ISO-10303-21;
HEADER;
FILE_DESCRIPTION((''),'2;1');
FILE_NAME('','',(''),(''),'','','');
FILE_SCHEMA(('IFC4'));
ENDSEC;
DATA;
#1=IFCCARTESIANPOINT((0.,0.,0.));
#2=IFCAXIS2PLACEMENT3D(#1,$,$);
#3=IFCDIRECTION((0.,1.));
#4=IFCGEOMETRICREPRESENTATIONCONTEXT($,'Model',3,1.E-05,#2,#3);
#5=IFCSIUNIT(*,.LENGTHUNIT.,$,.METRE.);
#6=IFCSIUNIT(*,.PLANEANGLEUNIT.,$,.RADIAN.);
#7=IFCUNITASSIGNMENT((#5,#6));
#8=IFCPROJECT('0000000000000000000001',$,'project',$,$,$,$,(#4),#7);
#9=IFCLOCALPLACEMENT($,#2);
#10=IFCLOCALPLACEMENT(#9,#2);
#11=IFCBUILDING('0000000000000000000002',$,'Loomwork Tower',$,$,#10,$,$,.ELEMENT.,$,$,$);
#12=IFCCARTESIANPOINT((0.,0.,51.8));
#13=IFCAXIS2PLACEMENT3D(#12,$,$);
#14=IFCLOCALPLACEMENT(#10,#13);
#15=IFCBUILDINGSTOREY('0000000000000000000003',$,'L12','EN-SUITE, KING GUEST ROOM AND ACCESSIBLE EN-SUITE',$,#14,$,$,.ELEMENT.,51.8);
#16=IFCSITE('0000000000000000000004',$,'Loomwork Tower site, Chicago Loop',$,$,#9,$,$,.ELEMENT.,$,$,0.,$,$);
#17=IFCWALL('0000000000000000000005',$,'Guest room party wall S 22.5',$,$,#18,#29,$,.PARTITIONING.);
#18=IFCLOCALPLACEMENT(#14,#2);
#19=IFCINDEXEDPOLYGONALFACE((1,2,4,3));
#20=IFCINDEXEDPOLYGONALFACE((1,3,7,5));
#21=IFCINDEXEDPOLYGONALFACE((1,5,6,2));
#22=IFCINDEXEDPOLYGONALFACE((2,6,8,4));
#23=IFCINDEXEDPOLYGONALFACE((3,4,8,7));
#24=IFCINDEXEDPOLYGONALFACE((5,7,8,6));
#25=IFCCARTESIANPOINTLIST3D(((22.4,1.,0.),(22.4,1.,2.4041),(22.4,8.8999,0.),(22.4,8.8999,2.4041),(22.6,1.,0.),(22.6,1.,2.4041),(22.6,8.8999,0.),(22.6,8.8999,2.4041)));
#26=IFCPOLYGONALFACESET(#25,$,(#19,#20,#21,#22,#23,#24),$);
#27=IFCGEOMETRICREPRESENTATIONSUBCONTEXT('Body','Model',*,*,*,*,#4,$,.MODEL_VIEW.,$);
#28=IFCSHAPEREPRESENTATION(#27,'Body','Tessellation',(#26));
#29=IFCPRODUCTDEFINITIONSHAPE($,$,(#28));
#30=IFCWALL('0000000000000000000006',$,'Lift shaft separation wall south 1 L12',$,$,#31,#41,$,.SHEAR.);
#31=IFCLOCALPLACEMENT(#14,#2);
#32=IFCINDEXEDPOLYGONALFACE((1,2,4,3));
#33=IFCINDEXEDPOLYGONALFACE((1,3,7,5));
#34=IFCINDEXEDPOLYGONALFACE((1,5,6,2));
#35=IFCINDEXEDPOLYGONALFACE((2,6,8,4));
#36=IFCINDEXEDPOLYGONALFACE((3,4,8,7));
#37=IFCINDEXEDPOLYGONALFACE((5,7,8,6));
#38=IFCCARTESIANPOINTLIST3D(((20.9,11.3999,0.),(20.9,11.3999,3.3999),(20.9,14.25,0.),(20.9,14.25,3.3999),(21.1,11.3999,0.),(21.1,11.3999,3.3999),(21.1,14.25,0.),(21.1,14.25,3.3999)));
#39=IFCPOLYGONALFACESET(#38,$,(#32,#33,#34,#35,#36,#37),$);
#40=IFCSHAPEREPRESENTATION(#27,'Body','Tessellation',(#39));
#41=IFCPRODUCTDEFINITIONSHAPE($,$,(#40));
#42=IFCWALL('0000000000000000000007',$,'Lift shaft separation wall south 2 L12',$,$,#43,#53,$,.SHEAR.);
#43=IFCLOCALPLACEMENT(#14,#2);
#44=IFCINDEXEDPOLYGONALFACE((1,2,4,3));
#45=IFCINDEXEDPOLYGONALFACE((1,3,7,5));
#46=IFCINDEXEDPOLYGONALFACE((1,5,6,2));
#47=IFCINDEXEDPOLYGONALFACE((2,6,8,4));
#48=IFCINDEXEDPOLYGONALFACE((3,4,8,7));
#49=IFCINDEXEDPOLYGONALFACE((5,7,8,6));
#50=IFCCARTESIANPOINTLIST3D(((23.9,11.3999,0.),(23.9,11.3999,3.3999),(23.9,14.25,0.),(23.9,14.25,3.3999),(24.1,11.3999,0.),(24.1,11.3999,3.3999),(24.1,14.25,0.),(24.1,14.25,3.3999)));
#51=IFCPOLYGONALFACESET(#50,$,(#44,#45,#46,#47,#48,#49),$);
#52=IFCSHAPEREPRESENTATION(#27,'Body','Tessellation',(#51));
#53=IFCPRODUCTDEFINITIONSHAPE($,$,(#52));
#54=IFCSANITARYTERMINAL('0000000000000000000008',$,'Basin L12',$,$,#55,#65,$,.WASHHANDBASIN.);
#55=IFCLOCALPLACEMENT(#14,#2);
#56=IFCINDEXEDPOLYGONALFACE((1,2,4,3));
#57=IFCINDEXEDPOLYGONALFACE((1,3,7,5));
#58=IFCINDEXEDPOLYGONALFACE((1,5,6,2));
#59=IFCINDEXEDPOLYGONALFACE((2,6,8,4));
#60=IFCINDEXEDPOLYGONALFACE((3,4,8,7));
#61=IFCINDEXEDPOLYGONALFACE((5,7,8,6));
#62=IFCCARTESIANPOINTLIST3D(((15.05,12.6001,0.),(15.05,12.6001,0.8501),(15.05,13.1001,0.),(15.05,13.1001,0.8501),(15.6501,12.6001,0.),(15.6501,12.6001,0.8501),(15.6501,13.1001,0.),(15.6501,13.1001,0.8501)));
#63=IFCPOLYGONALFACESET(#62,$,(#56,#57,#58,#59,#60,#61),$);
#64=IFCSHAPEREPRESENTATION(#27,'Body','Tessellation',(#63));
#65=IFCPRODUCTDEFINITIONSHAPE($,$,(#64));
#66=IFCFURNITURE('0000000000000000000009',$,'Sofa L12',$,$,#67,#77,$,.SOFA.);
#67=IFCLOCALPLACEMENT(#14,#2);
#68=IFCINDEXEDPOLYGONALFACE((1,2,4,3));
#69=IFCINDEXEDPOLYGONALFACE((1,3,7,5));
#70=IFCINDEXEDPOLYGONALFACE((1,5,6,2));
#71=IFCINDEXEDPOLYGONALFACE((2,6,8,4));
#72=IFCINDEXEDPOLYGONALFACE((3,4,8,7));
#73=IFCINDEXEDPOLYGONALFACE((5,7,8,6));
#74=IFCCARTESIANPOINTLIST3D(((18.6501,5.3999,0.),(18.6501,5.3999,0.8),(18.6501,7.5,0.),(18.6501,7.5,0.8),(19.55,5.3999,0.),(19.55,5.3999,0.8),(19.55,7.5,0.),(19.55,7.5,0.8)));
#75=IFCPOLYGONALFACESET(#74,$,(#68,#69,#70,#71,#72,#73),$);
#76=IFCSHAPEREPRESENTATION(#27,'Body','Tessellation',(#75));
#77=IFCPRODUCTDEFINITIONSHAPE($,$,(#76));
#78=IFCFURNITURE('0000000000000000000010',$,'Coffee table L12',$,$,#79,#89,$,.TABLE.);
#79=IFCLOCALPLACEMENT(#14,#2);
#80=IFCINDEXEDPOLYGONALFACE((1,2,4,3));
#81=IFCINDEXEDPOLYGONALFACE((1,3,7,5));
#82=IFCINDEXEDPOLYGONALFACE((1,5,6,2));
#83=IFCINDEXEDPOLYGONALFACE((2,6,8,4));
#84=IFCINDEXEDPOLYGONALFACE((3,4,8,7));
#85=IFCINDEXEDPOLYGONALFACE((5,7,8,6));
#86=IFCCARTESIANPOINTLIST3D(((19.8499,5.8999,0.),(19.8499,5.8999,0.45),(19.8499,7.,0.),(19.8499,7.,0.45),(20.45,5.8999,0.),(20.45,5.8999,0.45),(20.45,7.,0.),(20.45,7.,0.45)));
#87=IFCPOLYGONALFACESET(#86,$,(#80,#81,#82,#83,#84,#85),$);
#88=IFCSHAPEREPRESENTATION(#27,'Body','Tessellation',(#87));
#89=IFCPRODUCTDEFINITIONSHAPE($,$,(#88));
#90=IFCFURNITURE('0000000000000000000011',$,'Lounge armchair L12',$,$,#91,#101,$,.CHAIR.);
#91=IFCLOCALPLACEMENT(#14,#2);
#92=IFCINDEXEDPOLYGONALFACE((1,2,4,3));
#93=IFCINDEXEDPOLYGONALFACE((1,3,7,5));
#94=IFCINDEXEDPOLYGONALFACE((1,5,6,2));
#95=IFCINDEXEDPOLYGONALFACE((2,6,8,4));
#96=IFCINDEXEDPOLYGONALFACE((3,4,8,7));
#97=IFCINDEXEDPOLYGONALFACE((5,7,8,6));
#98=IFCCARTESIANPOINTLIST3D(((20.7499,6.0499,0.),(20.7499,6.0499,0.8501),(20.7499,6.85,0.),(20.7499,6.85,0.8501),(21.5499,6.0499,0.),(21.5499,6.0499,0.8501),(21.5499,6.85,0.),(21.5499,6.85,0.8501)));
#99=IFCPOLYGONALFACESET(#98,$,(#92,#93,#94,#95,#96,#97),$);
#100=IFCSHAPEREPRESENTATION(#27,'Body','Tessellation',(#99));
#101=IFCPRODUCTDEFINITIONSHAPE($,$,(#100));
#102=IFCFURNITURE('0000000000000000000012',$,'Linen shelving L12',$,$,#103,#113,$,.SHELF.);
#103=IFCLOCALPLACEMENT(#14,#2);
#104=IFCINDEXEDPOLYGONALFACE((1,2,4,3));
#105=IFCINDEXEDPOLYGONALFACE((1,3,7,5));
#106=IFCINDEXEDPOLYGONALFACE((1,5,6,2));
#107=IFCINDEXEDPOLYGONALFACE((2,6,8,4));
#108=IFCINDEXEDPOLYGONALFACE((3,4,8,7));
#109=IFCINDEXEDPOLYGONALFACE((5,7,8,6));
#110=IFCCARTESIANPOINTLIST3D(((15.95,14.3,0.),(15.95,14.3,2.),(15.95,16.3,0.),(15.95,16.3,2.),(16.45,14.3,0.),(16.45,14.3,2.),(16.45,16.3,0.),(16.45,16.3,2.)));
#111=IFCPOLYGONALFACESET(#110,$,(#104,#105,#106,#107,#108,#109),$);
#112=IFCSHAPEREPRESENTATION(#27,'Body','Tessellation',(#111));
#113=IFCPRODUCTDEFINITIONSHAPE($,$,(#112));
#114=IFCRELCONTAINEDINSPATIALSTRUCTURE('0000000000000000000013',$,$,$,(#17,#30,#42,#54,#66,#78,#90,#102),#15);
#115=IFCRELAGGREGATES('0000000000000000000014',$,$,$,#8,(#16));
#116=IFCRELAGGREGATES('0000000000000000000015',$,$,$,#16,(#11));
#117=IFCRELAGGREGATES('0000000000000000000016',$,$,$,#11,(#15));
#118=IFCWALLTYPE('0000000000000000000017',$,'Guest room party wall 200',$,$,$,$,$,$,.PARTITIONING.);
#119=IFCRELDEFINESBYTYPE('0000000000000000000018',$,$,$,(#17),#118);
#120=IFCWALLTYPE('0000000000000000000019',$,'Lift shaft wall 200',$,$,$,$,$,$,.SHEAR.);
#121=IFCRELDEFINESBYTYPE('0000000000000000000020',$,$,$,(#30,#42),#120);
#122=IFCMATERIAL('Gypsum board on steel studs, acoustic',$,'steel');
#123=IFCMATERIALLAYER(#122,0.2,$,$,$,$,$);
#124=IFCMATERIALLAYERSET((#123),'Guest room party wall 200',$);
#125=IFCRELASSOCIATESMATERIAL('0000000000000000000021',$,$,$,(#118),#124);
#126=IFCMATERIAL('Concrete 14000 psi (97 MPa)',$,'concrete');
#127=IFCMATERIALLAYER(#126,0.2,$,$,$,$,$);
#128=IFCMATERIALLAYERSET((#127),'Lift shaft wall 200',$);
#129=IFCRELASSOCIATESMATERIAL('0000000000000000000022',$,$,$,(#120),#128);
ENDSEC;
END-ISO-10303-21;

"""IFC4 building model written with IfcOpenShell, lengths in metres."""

from ifc_helpers import new_model, si_unit, direction, frame, frame_2d, origin, origin_2d, place, context, subcontext, project, spatial, rectangle, extrude, material, layer, layer_set, type_object, element, save


model = new_model("IFC4")

# Units and contexts
model_context = context("Model", 3, precision=1e-05, world=origin(), true_north=direction((0.0, 1.0)))
body_context = subcontext(model_context, "Body", "Model", "MODEL_VIEW")
ifc_project = project(units=[si_unit("LENGTHUNIT", "METRE"), si_unit("PLANEANGLEUNIT", "RADIAN")], contexts=[model_context])

# Site, building, storey
site_placement = place(None, origin())
site = spatial("IfcSite", under=ifc_project, at=site_placement, Name="Loomwork Tower site, Chicago Loop", CompositionType="ELEMENT", RefElevation=0.0)
building_placement = place(site_placement, origin())
building = spatial("IfcBuilding", under=site, at=building_placement, Name="Loomwork Tower", CompositionType="ELEMENT")
storey_placement = place(building_placement, frame((0.0, 0.0, 51.8)))
storey = spatial("IfcBuildingStorey", under=building, at=storey_placement, Name="L12", Description="EN-SUITE, KING GUEST ROOM AND ACCESSIBLE EN-SUITE", CompositionType="ELEMENT", Elevation=51.8)

# Walls
ifc_material_1 = material(Name="Gypsum board on steel studs, acoustic", Category="steel")
ifc_layer_1 = layer(ifc_material_1, 0.2)
ifc_layer_set_1 = layer_set([ifc_layer_1], Name="Guest room party wall 200")
wall_type_1 = type_object("IfcWallType", Name="Guest room party wall 200", PredefinedType="PARTITIONING", material=ifc_layer_set_1)
wall_1_placement = place(storey_placement, frame((22.5, 8.8999, 0.0), z_axis=(0.0, 0.0, 1.0), x_axis=(0.0, -1.0, 0.0)))
element("IfcWall", 1, at=wall_1_placement, inside=storey, type_object=wall_type_1, Name="Guest room party wall S 22.5", PredefinedType="PARTITIONING", context=body_context, shape_type="SweptSolid", body=[
    extrude(rectangle(XDim=7.8999, YDim=0.2, at=frame_2d((3.95, 0.0))), origin(), (0.0, 0.0, 1.0), 2.4041),
])
ifc_material_2 = material(Name="Concrete 14000 psi (97 MPa)", Category="concrete")
ifc_layer_2 = layer(ifc_material_2, 0.2)
ifc_layer_set_2 = layer_set([ifc_layer_2], Name="Lift shaft wall 200")
wall_type_2 = type_object("IfcWallType", Name="Lift shaft wall 200", PredefinedType="SHEAR", material=ifc_layer_set_2)
for number, where, z_axis, x_axis, name in (
    (2, (21.0, 11.3999, 0.0), (0.0, 0.0, 1.0), (0.0, 1.0, 0.0), "Lift shaft separation wall south 1 L12"),
    (3, (24.0, 11.3999, 0.0), (0.0, 0.0, 1.0), (0.0, 1.0, 0.0), "Lift shaft separation wall south 2 L12"),
):
    element("IfcWall", number, at=place(storey_placement, frame(where, z_axis=z_axis, x_axis=x_axis)), inside=storey, type_object=wall_type_2, Name=name, PredefinedType="SHEAR", context=body_context, shape_type="SweptSolid", body=[
        extrude(rectangle(XDim=2.8501, YDim=0.2, at=frame_2d((1.425, 0.0))), origin(), (0.0, 0.0, 1.0), 3.3999),
    ])

# Sanitary terminal
sanitary_terminal_placement = place(storey_placement, frame((15.3501, 12.8501, 0.0), z_axis=(0.0, 0.0, 1.0), x_axis=(1.0, 0.0, 0.0)))
element("IfcSanitaryTerminal", 4, at=sanitary_terminal_placement, inside=storey, Name="Basin L12", PredefinedType="WASHHANDBASIN", context=body_context, shape_type="SweptSolid", body=[
    extrude(rectangle(XDim=0.6001, YDim=0.5, at=origin_2d()), origin(), (0.0, 0.0, 1.0), 0.8501),
])

# Furniture
furniture_1_placement = place(storey_placement, frame((19.1001, 6.45, 0.0), z_axis=(0.0, 0.0, 1.0), x_axis=(1.0, 0.0, 0.0)))
element("IfcFurniture", 5, at=furniture_1_placement, inside=storey, Name="Sofa L12", PredefinedType="SOFA", context=body_context, shape_type="SweptSolid", body=[
    extrude(rectangle(XDim=0.8999, YDim=2.1001, at=origin_2d()), origin(), (0.0, 0.0, 1.0), 0.8),
])
furniture_2_placement = place(storey_placement, frame((20.1499, 6.45, 0.0), z_axis=(0.0, 0.0, 1.0), x_axis=(1.0, 0.0, 0.0)))
element("IfcFurniture", 6, at=furniture_2_placement, inside=storey, Name="Coffee table L12", PredefinedType="TABLE", context=body_context, shape_type="SweptSolid", body=[
    extrude(rectangle(XDim=0.6001, YDim=1.1001, at=origin_2d()), origin(), (0.0, 0.0, 1.0), 0.45),
])
furniture_3_placement = place(storey_placement, frame((21.1499, 6.45, 0.0), z_axis=(0.0, 0.0, 1.0), x_axis=(1.0, 0.0, 0.0)))
element("IfcFurniture", 7, at=furniture_3_placement, inside=storey, Name="Lounge armchair L12", PredefinedType="CHAIR", context=body_context, shape_type="SweptSolid", body=[
    extrude(rectangle(XDim=0.8, YDim=0.8, at=origin_2d()), origin(), (0.0, 0.0, 1.0), 0.8501),
])
furniture_4_placement = place(storey_placement, frame((16.2, 15.3, 0.0), z_axis=(0.0, 0.0, 1.0), x_axis=(1.0, 0.0, 0.0)))
element("IfcFurniture", 8, at=furniture_4_placement, inside=storey, Name="Linen shelving L12", PredefinedType="SHELF", context=body_context, shape_type="SweptSolid", body=[
    extrude(rectangle(XDim=0.5, YDim=2.0, at=origin_2d()), origin(), (0.0, 0.0, 1.0), 2.0),
])

save(model, "model.ifc")
